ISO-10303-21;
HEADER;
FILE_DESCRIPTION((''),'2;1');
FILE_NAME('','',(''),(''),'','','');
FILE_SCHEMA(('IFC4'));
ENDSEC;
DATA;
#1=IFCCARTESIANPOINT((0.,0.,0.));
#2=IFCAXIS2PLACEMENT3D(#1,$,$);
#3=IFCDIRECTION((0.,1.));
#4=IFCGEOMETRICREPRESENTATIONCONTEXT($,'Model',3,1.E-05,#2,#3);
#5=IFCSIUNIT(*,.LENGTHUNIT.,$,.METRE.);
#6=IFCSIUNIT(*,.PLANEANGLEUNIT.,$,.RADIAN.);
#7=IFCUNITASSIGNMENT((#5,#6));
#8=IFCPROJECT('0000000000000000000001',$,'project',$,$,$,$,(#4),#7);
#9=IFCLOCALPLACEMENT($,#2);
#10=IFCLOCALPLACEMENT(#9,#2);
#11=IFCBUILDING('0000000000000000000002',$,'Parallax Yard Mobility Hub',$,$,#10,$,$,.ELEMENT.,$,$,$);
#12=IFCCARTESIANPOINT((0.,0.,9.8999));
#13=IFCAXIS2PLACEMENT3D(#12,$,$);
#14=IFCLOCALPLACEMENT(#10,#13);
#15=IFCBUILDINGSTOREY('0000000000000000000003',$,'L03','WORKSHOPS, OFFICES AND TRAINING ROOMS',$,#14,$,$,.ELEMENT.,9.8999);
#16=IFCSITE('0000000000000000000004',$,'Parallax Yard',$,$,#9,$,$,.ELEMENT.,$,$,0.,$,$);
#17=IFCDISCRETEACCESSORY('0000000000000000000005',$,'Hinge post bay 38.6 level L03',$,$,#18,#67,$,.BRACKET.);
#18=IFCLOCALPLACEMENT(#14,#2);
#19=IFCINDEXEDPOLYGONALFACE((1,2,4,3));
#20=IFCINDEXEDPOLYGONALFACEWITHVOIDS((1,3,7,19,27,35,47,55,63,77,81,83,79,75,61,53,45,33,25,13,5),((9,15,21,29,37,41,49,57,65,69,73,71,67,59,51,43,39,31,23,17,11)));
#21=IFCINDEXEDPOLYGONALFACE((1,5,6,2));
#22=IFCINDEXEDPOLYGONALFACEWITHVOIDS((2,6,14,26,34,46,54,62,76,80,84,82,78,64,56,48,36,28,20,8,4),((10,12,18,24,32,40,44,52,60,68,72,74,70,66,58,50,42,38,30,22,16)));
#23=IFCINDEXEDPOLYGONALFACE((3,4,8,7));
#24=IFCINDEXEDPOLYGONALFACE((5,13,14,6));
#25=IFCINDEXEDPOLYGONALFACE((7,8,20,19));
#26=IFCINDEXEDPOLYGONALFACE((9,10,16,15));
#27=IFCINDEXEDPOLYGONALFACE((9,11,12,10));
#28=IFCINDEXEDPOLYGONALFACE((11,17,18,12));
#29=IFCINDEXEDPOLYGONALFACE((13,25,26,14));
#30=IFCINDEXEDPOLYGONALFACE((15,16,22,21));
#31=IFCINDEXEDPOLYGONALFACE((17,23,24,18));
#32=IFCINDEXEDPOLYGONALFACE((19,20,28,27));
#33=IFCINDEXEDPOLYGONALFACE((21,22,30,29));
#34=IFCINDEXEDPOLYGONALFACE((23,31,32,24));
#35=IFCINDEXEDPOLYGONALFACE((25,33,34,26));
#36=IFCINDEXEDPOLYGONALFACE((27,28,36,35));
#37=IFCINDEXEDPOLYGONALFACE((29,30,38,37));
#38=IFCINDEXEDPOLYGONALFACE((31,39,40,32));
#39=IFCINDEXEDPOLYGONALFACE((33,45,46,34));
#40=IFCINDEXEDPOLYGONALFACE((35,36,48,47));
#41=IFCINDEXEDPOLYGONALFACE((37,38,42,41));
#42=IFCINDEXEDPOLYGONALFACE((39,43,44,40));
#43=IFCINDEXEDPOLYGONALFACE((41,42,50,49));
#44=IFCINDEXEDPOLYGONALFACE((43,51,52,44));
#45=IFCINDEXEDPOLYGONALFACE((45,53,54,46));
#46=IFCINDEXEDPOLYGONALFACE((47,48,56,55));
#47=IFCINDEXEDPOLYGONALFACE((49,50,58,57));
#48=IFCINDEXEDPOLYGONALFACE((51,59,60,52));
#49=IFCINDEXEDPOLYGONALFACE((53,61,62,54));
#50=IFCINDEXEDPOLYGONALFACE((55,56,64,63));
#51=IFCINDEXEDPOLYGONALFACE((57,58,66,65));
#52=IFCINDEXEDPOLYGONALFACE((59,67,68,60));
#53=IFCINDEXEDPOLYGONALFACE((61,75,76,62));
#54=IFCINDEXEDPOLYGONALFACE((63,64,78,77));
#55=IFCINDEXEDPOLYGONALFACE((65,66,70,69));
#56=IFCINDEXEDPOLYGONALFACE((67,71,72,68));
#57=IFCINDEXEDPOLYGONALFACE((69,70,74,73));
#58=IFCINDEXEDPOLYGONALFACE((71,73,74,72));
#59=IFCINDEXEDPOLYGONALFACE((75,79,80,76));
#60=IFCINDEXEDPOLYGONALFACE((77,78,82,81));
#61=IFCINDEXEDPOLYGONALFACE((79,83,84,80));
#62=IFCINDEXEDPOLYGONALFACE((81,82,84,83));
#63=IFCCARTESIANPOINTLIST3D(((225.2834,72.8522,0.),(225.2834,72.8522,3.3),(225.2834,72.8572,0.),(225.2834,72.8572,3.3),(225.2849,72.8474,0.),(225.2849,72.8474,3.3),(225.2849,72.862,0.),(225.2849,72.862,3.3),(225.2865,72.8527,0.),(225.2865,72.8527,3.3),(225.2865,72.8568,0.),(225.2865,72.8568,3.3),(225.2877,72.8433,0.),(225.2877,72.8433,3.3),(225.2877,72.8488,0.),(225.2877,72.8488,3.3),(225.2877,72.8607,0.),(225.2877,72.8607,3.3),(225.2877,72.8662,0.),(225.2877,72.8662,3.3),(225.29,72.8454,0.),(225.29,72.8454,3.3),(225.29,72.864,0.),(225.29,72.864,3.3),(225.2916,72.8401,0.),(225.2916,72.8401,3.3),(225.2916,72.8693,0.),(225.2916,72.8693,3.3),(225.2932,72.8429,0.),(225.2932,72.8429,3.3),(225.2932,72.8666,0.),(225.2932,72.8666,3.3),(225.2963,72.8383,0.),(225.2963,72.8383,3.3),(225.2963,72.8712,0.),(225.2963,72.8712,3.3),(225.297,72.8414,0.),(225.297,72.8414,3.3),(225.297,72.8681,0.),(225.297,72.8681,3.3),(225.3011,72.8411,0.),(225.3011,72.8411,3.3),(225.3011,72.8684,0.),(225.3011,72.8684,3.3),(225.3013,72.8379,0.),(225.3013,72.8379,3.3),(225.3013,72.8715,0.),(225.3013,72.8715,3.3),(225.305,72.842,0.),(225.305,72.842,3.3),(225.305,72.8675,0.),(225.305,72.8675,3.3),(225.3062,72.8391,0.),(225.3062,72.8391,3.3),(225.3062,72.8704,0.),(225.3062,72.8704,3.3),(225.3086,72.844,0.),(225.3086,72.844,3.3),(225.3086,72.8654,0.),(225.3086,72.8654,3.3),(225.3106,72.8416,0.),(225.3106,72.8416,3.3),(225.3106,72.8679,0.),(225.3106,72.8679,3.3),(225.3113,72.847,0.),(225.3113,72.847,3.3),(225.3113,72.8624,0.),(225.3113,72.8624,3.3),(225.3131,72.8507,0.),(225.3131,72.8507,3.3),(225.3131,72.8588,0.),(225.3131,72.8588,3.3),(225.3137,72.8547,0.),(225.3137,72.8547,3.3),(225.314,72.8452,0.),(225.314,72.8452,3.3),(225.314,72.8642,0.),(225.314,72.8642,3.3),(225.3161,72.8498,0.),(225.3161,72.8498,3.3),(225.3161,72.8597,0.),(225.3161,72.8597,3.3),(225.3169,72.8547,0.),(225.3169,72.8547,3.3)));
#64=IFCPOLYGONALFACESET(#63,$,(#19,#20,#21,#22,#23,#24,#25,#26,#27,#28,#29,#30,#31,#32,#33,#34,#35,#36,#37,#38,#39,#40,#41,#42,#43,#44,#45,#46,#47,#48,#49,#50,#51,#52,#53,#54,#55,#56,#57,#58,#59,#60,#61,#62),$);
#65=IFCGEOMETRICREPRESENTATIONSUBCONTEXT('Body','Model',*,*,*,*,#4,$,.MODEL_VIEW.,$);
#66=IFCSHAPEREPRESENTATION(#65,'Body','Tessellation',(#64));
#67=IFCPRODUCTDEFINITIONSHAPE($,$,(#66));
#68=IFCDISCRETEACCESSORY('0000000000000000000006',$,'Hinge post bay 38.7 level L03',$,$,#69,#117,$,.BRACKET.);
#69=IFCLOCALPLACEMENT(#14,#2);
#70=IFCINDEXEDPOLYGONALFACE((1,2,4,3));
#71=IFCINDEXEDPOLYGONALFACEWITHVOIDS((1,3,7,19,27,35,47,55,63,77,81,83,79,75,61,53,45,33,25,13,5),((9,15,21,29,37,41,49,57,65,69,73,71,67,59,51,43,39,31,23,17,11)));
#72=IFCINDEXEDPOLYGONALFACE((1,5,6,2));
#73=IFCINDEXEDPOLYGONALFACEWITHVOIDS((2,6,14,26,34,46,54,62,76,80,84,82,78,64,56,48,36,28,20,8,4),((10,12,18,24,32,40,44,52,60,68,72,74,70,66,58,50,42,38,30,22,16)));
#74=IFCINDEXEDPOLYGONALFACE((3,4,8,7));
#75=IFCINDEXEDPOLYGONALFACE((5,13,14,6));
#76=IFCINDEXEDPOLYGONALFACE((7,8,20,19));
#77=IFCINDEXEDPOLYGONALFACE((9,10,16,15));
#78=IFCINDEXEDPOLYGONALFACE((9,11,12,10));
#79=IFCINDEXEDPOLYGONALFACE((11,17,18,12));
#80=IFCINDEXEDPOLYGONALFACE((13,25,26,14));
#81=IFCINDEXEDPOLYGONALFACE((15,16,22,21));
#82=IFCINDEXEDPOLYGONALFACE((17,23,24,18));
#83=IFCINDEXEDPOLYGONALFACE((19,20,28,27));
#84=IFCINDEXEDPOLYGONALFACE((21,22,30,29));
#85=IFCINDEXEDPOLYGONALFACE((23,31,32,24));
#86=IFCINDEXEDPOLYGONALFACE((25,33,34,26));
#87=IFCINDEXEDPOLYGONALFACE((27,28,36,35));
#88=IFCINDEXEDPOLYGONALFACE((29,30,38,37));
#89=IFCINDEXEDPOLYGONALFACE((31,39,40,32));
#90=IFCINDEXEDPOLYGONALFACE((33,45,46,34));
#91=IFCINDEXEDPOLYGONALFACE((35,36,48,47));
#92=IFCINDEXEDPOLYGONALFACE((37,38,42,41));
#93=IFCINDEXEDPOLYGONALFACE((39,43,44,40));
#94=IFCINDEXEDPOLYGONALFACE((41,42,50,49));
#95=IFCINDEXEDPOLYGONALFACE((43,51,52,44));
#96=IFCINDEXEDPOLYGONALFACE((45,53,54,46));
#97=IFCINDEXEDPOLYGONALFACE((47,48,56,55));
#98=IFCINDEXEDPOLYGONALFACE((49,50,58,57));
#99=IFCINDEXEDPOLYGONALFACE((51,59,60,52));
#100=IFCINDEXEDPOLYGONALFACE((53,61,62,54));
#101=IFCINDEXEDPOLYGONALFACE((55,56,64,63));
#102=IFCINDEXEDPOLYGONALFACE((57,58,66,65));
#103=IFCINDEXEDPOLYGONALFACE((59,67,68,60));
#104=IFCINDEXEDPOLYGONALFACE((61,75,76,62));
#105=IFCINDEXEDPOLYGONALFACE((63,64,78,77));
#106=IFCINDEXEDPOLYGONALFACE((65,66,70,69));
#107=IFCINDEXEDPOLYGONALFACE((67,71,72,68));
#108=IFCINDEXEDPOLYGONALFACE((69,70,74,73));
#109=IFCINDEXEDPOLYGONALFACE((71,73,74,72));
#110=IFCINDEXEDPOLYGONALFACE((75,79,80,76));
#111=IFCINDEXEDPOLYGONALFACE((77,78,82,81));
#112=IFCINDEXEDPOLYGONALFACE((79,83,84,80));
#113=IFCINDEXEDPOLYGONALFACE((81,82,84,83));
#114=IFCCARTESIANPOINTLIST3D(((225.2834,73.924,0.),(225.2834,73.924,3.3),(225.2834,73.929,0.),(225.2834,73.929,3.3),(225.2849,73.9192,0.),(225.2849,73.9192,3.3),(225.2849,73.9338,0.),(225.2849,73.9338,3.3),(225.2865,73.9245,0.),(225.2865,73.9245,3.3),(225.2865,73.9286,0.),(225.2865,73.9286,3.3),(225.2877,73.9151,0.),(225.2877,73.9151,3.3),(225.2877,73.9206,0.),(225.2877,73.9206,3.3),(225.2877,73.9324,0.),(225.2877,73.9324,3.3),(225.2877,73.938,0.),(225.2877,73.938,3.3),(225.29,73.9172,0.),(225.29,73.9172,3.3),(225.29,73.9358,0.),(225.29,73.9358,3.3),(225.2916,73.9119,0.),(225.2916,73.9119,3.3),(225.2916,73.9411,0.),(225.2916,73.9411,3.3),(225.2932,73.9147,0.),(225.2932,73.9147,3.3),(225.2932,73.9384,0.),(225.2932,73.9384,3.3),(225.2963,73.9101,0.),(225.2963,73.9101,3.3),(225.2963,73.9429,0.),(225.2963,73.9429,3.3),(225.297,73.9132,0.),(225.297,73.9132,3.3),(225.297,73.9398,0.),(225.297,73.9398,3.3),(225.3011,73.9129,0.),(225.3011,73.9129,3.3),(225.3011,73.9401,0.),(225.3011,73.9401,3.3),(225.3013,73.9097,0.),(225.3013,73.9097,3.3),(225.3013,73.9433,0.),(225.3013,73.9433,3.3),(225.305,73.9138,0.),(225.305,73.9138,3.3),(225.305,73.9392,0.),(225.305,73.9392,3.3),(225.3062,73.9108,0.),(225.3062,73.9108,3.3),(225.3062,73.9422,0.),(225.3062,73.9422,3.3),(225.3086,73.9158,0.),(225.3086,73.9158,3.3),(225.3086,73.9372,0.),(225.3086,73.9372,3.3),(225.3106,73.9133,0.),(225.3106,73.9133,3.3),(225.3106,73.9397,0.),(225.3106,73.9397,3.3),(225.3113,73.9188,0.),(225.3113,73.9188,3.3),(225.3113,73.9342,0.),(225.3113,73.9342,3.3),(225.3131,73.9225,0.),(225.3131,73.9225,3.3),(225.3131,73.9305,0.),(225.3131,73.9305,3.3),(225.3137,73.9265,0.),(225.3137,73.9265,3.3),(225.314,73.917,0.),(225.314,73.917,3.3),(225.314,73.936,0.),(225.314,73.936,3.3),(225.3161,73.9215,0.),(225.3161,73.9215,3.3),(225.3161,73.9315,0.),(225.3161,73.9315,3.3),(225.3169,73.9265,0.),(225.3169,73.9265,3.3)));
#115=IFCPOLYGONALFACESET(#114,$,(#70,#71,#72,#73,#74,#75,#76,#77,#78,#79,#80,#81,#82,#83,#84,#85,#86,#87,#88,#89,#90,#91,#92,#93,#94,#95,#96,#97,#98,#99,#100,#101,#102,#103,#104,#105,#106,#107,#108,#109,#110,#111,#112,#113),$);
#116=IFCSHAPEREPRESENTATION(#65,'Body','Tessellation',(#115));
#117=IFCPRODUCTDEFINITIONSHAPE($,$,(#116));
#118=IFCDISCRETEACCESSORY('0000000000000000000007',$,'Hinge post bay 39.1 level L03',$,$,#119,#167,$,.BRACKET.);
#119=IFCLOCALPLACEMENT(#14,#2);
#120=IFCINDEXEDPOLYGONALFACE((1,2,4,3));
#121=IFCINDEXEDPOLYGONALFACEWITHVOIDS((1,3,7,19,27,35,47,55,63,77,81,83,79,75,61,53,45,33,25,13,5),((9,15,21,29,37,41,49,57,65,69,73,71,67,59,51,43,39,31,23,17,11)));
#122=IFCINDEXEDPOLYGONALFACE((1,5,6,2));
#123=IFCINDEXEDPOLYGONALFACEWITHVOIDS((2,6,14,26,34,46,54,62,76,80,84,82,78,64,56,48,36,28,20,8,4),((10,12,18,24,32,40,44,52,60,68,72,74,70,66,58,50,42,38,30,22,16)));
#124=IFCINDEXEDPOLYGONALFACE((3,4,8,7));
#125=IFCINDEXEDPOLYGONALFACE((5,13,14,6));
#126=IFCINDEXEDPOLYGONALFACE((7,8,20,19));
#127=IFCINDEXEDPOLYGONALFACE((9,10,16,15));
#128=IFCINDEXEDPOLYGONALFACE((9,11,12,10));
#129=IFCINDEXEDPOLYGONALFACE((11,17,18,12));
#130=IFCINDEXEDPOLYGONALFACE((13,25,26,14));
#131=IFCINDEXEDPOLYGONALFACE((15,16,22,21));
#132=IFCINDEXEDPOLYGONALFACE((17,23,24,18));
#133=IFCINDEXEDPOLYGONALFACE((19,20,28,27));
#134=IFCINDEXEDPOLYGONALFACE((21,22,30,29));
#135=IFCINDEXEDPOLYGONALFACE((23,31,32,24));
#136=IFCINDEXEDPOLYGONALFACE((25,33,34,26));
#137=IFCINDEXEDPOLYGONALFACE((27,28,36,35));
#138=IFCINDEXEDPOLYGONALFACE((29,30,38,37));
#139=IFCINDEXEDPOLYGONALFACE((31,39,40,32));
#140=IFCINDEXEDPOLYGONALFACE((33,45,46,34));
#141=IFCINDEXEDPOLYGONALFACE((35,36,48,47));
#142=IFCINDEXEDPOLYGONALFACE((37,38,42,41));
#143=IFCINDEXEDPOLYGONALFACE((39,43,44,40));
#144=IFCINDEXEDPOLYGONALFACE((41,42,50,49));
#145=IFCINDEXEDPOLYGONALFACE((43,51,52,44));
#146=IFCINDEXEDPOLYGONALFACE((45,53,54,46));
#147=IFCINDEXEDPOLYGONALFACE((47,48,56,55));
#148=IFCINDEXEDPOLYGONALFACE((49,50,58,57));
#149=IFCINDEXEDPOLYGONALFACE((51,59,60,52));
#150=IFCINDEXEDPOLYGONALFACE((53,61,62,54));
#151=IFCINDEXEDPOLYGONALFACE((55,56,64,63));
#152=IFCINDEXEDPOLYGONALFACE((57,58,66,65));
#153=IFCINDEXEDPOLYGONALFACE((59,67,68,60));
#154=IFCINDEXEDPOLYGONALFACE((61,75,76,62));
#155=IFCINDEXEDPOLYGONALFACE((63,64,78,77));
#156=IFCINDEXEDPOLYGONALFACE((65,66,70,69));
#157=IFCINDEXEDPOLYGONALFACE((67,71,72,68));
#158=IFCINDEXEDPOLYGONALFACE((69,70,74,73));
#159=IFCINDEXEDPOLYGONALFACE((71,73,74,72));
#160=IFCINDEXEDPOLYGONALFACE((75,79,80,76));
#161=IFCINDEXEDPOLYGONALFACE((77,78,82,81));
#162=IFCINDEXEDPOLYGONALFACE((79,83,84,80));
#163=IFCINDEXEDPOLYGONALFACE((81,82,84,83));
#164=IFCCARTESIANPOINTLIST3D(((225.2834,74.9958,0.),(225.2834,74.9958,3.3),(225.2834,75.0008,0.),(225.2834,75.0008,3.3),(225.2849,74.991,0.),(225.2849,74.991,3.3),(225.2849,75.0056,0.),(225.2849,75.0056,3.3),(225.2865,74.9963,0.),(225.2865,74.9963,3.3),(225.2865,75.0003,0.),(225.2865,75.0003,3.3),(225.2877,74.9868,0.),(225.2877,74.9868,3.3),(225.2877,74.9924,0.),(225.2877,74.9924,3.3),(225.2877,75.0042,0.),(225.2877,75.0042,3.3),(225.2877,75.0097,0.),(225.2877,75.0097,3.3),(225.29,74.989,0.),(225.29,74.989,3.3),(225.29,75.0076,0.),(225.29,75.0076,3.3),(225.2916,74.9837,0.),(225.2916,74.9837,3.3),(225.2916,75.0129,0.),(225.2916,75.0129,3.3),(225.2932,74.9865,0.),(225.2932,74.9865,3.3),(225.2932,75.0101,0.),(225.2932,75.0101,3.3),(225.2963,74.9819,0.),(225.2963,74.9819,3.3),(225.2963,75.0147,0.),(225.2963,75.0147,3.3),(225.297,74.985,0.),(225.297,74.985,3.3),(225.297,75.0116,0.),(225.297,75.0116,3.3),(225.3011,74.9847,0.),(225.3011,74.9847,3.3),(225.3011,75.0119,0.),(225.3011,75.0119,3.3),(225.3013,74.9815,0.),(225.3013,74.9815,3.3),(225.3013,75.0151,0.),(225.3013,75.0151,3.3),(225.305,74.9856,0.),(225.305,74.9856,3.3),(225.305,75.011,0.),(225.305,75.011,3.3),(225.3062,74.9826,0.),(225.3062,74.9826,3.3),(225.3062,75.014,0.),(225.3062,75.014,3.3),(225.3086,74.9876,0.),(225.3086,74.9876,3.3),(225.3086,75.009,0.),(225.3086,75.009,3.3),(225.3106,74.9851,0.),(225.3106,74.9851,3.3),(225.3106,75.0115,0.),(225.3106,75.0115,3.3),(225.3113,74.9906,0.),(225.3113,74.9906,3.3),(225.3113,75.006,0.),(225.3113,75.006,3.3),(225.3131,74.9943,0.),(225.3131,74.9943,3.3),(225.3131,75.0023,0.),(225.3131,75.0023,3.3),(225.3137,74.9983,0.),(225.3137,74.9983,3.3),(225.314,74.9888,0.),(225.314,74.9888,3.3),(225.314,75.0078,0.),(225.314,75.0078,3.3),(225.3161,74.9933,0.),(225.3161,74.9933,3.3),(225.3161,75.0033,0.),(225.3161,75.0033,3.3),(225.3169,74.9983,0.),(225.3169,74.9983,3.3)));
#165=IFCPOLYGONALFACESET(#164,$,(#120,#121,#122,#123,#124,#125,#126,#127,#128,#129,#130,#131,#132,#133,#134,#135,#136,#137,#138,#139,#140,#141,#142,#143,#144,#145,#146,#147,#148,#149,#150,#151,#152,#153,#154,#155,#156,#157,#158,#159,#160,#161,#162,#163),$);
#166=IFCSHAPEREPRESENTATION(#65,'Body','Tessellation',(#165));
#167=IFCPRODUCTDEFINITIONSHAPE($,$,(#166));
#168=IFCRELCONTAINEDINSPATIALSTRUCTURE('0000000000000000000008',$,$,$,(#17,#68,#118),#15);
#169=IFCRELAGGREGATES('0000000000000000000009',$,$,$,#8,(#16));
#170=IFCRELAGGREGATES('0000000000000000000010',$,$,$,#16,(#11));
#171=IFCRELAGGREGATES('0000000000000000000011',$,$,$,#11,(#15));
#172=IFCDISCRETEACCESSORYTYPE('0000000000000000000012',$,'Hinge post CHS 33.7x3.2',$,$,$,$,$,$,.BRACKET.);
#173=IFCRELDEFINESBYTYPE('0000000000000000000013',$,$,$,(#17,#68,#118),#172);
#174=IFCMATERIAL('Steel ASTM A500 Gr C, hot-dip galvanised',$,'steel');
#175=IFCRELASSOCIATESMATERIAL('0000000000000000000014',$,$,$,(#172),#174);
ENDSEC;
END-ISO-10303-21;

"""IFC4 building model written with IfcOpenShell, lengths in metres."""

from ifc_helpers import new_model, si_unit, direction, frame, origin, origin_2d, place, context, subcontext, project, spatial, hollow_circle, extrude, material, material_profile, profile_set, type_object, element, save


model = new_model("IFC4")

# Units and contexts
model_context = context("Model", 3, precision=1e-05, world=origin(), true_north=direction((0.0, 1.0)))
body_context = subcontext(model_context, "Body", "Model", "MODEL_VIEW")
ifc_project = project(units=[si_unit("LENGTHUNIT", "METRE"), si_unit("PLANEANGLEUNIT", "RADIAN")], contexts=[model_context])

# Site, building, storey
site_placement = place(None, origin())
site = spatial("IfcSite", under=ifc_project, at=site_placement, Name="Parallax Yard", CompositionType="ELEMENT", RefElevation=0.0)
building_placement = place(site_placement, origin())
building = spatial("IfcBuilding", under=site, at=building_placement, Name="Parallax Yard Mobility Hub", CompositionType="ELEMENT")
storey_placement = place(building_placement, frame((0.0, 0.0, 9.8999)))
storey = spatial("IfcBuildingStorey", under=building, at=storey_placement, Name="L03", Description="WORKSHOPS, OFFICES AND TRAINING ROOMS", CompositionType="ELEMENT", Elevation=9.8999)

# Discrete accessories
ifc_material_1 = material(Name="Steel ASTM A500 Gr C, hot-dip galvanised", Category="steel")
ifc_material_profile_1 = material_profile(ifc_material_1, hollow_circle(Radius=0.0168, WallThickness=0.0032, at=origin_2d()), Name="CHS 33.7x3.2")
ifc_profile_set_1 = profile_set([ifc_material_profile_1], Name="Steel ASTM A500 Gr C, hot-dip galvanised")
discrete_accessory_type_1 = type_object("IfcDiscreteAccessoryType", Name="Hinge post CHS 33.7x3.2", PredefinedType="BRACKET", material=ifc_profile_set_1)
for number, where, z_axis, x_axis, name in (
    (1, (225.3, 72.8547, 0.0), (0.0, 0.0, 1.0), (1.0, 0.0, 0.0), "Hinge post bay 38.6 level L03"),
    (2, (225.3, 73.9265, 0.0), (0.0, 0.0, 1.0), (1.0, 0.0, 0.0), "Hinge post bay 38.7 level L03"),
    (3, (225.3, 74.9983, 0.0), (0.0, 0.0, 1.0), (1.0, 0.0, 0.0), "Hinge post bay 39.1 level L03"),
):
    element("IfcDiscreteAccessory", number, at=place(storey_placement, frame(where, z_axis=z_axis, x_axis=x_axis)), inside=storey, type_object=discrete_accessory_type_1, Name=name, PredefinedType="BRACKET", context=body_context, shape_type="SweptSolid", body=[
        extrude(hollow_circle(Radius=0.0168, WallThickness=0.0032, at=origin_2d()), origin(), (0.0, 0.0, 1.0), 3.3),
    ])

save(model, "model.ifc")
